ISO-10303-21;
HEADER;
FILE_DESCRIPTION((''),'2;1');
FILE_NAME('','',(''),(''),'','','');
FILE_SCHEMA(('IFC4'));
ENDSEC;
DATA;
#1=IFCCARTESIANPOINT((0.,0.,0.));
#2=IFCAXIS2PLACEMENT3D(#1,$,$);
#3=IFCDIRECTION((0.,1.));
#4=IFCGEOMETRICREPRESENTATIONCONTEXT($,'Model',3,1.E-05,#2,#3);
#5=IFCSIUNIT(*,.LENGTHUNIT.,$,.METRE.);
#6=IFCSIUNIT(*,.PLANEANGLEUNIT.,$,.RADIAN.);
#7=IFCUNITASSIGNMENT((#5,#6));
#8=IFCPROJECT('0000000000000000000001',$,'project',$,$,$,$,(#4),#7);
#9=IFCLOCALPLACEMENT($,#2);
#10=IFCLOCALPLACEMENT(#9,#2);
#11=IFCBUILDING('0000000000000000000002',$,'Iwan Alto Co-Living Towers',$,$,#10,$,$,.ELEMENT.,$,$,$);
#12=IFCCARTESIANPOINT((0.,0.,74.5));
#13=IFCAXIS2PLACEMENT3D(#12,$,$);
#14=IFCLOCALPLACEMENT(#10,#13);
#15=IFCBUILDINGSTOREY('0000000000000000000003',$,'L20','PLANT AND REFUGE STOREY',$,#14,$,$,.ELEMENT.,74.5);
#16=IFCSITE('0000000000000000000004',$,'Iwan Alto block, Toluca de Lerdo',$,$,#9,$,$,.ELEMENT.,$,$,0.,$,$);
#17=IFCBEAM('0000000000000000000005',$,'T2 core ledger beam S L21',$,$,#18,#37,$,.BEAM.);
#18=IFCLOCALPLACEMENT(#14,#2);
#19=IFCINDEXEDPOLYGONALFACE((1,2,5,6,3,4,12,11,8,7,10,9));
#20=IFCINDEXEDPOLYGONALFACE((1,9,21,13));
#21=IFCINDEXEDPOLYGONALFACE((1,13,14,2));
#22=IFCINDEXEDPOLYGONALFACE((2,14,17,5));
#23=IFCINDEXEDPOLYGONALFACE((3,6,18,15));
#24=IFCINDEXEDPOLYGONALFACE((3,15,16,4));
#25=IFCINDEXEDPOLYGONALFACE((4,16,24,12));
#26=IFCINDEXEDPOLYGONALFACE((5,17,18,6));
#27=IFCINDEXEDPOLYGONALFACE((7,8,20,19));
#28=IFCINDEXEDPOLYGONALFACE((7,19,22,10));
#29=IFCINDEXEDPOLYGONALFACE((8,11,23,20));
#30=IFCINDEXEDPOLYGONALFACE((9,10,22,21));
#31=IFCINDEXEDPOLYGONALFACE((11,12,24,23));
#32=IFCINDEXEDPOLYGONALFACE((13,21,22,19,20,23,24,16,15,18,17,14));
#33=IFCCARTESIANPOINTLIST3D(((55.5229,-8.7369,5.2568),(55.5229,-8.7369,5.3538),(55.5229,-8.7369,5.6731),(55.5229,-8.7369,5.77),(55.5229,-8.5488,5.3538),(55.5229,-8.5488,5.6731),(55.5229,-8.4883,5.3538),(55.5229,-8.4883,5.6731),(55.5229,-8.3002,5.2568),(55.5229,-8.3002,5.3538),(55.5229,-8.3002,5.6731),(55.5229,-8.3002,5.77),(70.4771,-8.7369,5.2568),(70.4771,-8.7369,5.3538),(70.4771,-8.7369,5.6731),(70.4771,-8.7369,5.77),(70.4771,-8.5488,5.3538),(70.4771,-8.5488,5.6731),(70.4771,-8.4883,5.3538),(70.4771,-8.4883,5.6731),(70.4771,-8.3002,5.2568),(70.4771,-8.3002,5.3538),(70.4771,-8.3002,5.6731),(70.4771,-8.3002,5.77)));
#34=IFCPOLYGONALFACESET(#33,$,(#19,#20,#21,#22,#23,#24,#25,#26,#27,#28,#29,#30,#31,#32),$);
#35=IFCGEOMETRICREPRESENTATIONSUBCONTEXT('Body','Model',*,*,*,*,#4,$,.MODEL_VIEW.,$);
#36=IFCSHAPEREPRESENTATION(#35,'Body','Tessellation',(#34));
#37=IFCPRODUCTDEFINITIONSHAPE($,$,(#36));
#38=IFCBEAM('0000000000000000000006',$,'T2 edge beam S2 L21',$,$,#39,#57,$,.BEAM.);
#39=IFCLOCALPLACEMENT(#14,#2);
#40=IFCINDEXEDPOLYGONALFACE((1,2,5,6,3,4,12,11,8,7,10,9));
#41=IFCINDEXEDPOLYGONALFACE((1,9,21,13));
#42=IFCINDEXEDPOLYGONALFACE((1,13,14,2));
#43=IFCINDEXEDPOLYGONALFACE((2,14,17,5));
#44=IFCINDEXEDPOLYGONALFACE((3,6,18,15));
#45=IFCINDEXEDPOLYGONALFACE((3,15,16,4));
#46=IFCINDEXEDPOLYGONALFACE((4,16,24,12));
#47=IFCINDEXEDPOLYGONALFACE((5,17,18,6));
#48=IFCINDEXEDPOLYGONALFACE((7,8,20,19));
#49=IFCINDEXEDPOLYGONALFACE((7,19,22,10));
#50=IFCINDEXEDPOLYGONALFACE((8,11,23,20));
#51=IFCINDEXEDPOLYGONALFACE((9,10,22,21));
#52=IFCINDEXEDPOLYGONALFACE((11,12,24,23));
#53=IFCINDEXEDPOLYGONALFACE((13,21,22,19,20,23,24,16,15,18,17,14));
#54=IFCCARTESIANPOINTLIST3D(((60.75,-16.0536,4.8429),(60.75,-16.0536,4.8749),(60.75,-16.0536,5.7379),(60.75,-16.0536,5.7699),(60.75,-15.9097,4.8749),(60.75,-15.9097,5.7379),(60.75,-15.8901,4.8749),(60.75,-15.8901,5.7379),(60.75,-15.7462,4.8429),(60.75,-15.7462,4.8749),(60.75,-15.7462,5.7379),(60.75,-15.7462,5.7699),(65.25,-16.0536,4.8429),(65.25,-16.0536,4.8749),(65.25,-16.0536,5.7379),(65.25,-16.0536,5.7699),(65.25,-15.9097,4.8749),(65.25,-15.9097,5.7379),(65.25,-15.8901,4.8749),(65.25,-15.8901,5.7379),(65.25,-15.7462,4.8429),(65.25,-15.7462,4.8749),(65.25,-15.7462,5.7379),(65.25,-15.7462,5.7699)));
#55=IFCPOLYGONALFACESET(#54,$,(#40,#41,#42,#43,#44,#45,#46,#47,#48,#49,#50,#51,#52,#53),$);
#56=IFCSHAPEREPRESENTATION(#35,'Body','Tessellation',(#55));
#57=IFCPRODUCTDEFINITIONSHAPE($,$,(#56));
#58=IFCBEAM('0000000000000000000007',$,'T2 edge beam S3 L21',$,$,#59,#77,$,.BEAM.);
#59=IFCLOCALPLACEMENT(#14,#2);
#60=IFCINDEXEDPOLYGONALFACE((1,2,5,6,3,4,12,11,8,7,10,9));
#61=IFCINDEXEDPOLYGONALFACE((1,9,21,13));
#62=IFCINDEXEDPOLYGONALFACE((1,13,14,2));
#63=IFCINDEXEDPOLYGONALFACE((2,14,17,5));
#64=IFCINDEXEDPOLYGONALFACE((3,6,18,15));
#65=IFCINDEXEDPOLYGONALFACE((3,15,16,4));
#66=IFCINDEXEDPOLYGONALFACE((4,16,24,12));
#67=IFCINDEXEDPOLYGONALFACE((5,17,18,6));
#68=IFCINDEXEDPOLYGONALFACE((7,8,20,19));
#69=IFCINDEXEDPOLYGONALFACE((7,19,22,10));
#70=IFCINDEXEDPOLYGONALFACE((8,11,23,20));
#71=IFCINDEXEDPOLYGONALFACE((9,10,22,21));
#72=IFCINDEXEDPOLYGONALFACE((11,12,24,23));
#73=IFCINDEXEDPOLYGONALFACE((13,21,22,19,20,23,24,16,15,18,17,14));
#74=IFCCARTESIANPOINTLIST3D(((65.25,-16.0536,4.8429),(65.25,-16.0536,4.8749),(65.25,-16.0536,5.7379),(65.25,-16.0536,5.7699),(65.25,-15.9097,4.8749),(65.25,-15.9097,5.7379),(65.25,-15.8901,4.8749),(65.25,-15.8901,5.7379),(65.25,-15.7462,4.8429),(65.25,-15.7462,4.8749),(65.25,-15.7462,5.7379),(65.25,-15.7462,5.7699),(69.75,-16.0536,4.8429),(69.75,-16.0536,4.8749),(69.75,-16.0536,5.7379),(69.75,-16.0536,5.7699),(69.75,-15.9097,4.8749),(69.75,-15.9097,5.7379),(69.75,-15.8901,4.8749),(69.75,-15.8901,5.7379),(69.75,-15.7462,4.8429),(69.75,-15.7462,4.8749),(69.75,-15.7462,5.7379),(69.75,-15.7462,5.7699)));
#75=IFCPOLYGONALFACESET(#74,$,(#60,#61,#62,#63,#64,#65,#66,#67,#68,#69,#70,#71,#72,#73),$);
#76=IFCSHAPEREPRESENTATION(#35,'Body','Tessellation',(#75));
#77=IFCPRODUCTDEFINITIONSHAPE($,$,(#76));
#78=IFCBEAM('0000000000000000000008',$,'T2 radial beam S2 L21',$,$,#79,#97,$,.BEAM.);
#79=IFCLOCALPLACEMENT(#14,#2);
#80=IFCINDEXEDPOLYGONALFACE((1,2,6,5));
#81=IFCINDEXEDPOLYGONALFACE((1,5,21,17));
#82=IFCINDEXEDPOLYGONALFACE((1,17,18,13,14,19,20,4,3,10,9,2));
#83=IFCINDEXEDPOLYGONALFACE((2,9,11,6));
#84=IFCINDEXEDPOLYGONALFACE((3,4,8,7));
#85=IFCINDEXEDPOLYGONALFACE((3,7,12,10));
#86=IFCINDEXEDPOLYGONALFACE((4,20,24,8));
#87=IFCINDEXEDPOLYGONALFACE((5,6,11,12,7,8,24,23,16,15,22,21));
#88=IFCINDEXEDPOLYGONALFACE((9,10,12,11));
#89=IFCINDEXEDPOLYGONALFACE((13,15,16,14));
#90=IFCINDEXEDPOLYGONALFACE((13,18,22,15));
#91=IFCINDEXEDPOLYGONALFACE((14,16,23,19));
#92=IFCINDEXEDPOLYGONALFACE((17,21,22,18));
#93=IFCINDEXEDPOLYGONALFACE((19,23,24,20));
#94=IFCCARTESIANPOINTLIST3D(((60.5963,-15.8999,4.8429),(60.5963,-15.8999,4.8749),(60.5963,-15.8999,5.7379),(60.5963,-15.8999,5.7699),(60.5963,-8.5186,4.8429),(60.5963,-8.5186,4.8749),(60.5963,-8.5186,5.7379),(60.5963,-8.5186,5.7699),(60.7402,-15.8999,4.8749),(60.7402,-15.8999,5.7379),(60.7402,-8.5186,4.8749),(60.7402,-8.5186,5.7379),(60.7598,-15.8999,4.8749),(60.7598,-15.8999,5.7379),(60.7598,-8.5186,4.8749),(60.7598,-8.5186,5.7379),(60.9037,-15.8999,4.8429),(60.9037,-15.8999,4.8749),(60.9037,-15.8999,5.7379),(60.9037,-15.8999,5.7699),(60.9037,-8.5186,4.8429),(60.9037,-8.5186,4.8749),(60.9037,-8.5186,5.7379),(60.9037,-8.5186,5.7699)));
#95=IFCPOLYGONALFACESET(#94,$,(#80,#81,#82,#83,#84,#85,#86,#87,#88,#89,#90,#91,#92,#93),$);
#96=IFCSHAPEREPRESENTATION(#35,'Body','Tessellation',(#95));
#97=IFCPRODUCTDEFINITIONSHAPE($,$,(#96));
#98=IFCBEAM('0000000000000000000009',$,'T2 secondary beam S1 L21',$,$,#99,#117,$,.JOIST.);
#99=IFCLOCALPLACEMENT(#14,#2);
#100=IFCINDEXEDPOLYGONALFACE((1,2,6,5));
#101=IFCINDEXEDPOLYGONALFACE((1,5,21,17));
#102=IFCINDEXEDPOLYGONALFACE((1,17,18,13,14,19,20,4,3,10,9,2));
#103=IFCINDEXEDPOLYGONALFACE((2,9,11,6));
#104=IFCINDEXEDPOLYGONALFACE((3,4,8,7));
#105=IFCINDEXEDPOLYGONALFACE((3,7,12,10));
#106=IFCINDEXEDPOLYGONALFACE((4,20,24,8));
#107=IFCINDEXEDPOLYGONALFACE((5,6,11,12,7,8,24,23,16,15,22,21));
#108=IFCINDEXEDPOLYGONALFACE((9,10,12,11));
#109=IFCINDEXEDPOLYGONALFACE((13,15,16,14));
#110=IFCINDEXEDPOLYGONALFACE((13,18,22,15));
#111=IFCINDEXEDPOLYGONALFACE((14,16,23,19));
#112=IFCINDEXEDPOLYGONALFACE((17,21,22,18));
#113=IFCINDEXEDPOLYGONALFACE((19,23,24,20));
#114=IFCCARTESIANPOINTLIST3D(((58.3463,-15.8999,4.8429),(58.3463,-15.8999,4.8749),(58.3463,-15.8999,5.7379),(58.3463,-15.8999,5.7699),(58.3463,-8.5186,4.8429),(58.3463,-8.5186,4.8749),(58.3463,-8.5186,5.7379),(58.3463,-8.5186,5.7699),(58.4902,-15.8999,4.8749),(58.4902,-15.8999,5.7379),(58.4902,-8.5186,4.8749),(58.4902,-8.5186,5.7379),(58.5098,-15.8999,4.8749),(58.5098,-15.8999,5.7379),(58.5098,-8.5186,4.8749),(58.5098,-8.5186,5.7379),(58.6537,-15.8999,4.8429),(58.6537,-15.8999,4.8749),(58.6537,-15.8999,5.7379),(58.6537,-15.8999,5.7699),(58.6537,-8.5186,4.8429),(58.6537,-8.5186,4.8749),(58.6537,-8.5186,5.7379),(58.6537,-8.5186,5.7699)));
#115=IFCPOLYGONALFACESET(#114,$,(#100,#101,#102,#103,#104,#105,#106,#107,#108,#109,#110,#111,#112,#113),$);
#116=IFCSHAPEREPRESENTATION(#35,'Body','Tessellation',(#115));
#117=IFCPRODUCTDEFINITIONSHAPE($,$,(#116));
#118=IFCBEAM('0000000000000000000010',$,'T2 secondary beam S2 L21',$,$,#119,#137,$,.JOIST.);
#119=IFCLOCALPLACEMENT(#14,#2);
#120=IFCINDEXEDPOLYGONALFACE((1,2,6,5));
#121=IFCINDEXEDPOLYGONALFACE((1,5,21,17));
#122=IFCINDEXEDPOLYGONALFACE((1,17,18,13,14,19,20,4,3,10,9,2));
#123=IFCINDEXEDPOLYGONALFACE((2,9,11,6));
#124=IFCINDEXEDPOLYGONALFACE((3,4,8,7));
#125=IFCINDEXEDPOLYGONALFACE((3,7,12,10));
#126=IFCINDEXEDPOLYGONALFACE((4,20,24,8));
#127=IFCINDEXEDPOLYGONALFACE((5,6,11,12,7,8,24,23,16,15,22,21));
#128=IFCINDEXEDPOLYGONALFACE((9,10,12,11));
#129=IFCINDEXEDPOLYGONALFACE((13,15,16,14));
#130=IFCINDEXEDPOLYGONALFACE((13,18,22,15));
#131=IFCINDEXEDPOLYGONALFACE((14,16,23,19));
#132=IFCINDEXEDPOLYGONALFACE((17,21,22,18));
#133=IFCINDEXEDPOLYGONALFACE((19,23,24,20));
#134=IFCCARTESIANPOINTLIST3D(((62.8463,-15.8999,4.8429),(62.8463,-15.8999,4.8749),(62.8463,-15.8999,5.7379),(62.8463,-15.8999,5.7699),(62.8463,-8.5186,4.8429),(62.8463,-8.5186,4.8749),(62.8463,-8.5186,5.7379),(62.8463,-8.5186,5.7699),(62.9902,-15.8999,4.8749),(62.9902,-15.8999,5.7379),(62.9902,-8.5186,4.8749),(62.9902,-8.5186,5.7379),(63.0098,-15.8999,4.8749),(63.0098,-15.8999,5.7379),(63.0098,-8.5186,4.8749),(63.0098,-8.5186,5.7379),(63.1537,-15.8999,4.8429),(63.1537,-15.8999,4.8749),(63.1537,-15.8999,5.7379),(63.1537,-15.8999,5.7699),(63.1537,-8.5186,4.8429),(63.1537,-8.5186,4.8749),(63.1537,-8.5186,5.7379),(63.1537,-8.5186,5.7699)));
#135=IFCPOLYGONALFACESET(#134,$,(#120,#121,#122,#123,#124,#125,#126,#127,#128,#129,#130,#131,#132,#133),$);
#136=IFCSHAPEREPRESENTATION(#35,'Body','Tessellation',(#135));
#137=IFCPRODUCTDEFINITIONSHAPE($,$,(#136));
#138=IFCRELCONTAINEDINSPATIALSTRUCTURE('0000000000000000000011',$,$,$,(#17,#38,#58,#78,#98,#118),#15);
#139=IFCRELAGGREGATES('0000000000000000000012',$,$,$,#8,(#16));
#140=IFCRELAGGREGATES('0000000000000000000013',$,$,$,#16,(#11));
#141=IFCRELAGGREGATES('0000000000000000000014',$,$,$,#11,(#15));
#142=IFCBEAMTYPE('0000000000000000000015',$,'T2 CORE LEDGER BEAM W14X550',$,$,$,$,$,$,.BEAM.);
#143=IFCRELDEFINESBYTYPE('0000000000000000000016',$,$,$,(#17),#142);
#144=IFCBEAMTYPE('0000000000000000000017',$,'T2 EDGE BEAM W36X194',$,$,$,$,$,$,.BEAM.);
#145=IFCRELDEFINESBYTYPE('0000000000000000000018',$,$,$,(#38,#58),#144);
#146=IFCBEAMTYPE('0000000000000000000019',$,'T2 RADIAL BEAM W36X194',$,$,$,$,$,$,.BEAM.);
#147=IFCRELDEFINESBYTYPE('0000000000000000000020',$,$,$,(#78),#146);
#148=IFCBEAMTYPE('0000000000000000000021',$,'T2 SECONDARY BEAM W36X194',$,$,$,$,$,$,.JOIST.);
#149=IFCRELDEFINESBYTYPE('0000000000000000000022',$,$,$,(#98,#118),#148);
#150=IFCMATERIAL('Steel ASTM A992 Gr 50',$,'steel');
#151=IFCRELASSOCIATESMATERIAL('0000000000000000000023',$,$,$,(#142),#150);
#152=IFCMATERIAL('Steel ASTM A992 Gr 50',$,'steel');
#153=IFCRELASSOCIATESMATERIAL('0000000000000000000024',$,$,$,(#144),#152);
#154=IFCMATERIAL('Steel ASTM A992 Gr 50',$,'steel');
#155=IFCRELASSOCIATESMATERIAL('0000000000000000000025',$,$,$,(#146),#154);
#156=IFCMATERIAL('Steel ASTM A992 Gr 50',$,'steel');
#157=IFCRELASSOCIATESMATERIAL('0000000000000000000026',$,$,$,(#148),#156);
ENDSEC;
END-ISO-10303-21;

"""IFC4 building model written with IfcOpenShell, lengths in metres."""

from ifc_helpers import new_model, si_unit, direction, frame, origin, origin_2d, place, context, subcontext, project, spatial, i_section, extrude, material, material_profile, profile_set, type_object, element, save


model = new_model("IFC4")

# Units and contexts
model_context = context("Model", 3, precision=1e-05, world=origin(), true_north=direction((0.0, 1.0)))
body_context = subcontext(model_context, "Body", "Model", "MODEL_VIEW")
ifc_project = project(units=[si_unit("LENGTHUNIT", "METRE"), si_unit("PLANEANGLEUNIT", "RADIAN")], contexts=[model_context])

# Site, building, storey
site_placement = place(None, origin())
site = spatial("IfcSite", under=ifc_project, at=site_placement, Name="Iwan Alto block, Toluca de Lerdo", CompositionType="ELEMENT", RefElevation=0.0)
building_placement = place(site_placement, origin())
building = spatial("IfcBuilding", under=site, at=building_placement, Name="Iwan Alto Co-Living Towers", CompositionType="ELEMENT")
storey_placement = place(building_placement, frame((0.0, 0.0, 74.5)))
storey = spatial("IfcBuildingStorey", under=building, at=storey_placement, Name="L20", Description="PLANT AND REFUGE STOREY", CompositionType="ELEMENT", Elevation=74.5)

# Beams
ifc_material_1 = material(Name="Steel ASTM A992 Gr 50", Category="steel")
ifc_material_profile_1 = material_profile(ifc_material_1, i_section(OverallWidth=0.4368, OverallDepth=0.5132, WebThickness=0.0605, FlangeThickness=0.0969, at=origin_2d()), Name="W14X550")
ifc_profile_set_1 = profile_set([ifc_material_profile_1], Name="Steel ASTM A992 Gr 50")
beam_type_1 = type_object("IfcBeamType", Name="T2 CORE LEDGER BEAM W14X550", PredefinedType="BEAM", material=ifc_profile_set_1)
beam_1_placement = place(storey_placement, frame((55.5229, -8.5186, 5.5134), z_axis=(1.0, 0.0, 0.0), x_axis=(0.0, 1.0, 0.0)))
element("IfcBeam", 1, at=beam_1_placement, inside=storey, type_object=beam_type_1, Name="T2 core ledger beam S L21", PredefinedType="BEAM", context=body_context, shape_type="SweptSolid", body=[
    extrude(i_section(OverallWidth=0.4368, OverallDepth=0.5132, WebThickness=0.0605, FlangeThickness=0.0969, at=origin_2d()), origin(), (0.0, 0.0, 1.0), 14.9541),
])
ifc_material_2 = material(Name="Steel ASTM A992 Gr 50", Category="steel")
ifc_material_profile_2 = material_profile(ifc_material_2, i_section(OverallWidth=0.3074, OverallDepth=0.927, WebThickness=0.0195, FlangeThickness=0.032, at=origin_2d()), Name="W36X194")
ifc_profile_set_2 = profile_set([ifc_material_profile_2], Name="Steel ASTM A992 Gr 50")
beam_type_2 = type_object("IfcBeamType", Name="T2 EDGE BEAM W36X194", PredefinedType="BEAM", material=ifc_profile_set_2)
for number, where, z_axis, x_axis, name in (
    (2, (60.75, -15.8999, 5.3064), (1.0, 0.0, 0.0), (0.0, 1.0, 0.0), "T2 edge beam S2 L21"),
    (3, (65.25, -15.8999, 5.3064), (1.0, 0.0, 0.0), (0.0, 1.0, 0.0), "T2 edge beam S3 L21"),
):
    element("IfcBeam", number, at=place(storey_placement, frame(where, z_axis=z_axis, x_axis=x_axis)), inside=storey, type_object=beam_type_2, Name=name, PredefinedType="BEAM", context=body_context, shape_type="SweptSolid", body=[
        extrude(i_section(OverallWidth=0.3074, OverallDepth=0.927, WebThickness=0.0195, FlangeThickness=0.032, at=origin_2d()), origin(), (0.0, 0.0, 1.0), 4.5),
    ])
ifc_material_3 = material(Name="Steel ASTM A992 Gr 50", Category="steel")
ifc_material_profile_3 = material_profile(ifc_material_3, i_section(OverallWidth=0.3074, OverallDepth=0.927, WebThickness=0.0195, FlangeThickness=0.032, at=origin_2d()), Name="W36X194")
ifc_profile_set_3 = profile_set([ifc_material_profile_3], Name="Steel ASTM A992 Gr 50")
beam_type_3 = type_object("IfcBeamType", Name="T2 RADIAL BEAM W36X194", PredefinedType="BEAM", material=ifc_profile_set_3)
beam_2_placement = place(storey_placement, frame((60.75, -15.8999, 5.3064), z_axis=(0.0, 1.0, 0.0), x_axis=(-1.0, 0.0, 0.0)))
element("IfcBeam", 4, at=beam_2_placement, inside=storey, type_object=beam_type_3, Name="T2 radial beam S2 L21", PredefinedType="BEAM", context=body_context, shape_type="SweptSolid", body=[
    extrude(i_section(OverallWidth=0.3074, OverallDepth=0.927, WebThickness=0.0195, FlangeThickness=0.032, at=origin_2d()), origin(), (0.0, 0.0, 1.0), 7.3813),
])
ifc_material_4 = material(Name="Steel ASTM A992 Gr 50", Category="steel")
ifc_material_profile_4 = material_profile(ifc_material_4, i_section(OverallWidth=0.3074, OverallDepth=0.927, WebThickness=0.0195, FlangeThickness=0.032, at=origin_2d()), Name="W36X194")
ifc_profile_set_4 = profile_set([ifc_material_profile_4], Name="Steel ASTM A992 Gr 50")
beam_type_4 = type_object("IfcBeamType", Name="T2 SECONDARY BEAM W36X194", PredefinedType="JOIST", material=ifc_profile_set_4)
for number, where, z_axis, x_axis, name in (
    (5, (58.5, -15.8999, 5.3064), (0.0, 1.0, 0.0), (-1.0, 0.0, 0.0), "T2 secondary beam S1 L21"),
    (6, (63.0, -15.8999, 5.3064), (0.0, 1.0, 0.0), (-1.0, 0.0, 0.0), "T2 secondary beam S2 L21"),
):
    element("IfcBeam", number, at=place(storey_placement, frame(where, z_axis=z_axis, x_axis=x_axis)), inside=storey, type_object=beam_type_4, Name=name, PredefinedType="JOIST", context=body_context, shape_type="SweptSolid", body=[
        extrude(i_section(OverallWidth=0.3074, OverallDepth=0.927, WebThickness=0.0195, FlangeThickness=0.032, at=origin_2d()), origin(), (0.0, 0.0, 1.0), 7.3813),
    ])

save(model, "model.ifc")
